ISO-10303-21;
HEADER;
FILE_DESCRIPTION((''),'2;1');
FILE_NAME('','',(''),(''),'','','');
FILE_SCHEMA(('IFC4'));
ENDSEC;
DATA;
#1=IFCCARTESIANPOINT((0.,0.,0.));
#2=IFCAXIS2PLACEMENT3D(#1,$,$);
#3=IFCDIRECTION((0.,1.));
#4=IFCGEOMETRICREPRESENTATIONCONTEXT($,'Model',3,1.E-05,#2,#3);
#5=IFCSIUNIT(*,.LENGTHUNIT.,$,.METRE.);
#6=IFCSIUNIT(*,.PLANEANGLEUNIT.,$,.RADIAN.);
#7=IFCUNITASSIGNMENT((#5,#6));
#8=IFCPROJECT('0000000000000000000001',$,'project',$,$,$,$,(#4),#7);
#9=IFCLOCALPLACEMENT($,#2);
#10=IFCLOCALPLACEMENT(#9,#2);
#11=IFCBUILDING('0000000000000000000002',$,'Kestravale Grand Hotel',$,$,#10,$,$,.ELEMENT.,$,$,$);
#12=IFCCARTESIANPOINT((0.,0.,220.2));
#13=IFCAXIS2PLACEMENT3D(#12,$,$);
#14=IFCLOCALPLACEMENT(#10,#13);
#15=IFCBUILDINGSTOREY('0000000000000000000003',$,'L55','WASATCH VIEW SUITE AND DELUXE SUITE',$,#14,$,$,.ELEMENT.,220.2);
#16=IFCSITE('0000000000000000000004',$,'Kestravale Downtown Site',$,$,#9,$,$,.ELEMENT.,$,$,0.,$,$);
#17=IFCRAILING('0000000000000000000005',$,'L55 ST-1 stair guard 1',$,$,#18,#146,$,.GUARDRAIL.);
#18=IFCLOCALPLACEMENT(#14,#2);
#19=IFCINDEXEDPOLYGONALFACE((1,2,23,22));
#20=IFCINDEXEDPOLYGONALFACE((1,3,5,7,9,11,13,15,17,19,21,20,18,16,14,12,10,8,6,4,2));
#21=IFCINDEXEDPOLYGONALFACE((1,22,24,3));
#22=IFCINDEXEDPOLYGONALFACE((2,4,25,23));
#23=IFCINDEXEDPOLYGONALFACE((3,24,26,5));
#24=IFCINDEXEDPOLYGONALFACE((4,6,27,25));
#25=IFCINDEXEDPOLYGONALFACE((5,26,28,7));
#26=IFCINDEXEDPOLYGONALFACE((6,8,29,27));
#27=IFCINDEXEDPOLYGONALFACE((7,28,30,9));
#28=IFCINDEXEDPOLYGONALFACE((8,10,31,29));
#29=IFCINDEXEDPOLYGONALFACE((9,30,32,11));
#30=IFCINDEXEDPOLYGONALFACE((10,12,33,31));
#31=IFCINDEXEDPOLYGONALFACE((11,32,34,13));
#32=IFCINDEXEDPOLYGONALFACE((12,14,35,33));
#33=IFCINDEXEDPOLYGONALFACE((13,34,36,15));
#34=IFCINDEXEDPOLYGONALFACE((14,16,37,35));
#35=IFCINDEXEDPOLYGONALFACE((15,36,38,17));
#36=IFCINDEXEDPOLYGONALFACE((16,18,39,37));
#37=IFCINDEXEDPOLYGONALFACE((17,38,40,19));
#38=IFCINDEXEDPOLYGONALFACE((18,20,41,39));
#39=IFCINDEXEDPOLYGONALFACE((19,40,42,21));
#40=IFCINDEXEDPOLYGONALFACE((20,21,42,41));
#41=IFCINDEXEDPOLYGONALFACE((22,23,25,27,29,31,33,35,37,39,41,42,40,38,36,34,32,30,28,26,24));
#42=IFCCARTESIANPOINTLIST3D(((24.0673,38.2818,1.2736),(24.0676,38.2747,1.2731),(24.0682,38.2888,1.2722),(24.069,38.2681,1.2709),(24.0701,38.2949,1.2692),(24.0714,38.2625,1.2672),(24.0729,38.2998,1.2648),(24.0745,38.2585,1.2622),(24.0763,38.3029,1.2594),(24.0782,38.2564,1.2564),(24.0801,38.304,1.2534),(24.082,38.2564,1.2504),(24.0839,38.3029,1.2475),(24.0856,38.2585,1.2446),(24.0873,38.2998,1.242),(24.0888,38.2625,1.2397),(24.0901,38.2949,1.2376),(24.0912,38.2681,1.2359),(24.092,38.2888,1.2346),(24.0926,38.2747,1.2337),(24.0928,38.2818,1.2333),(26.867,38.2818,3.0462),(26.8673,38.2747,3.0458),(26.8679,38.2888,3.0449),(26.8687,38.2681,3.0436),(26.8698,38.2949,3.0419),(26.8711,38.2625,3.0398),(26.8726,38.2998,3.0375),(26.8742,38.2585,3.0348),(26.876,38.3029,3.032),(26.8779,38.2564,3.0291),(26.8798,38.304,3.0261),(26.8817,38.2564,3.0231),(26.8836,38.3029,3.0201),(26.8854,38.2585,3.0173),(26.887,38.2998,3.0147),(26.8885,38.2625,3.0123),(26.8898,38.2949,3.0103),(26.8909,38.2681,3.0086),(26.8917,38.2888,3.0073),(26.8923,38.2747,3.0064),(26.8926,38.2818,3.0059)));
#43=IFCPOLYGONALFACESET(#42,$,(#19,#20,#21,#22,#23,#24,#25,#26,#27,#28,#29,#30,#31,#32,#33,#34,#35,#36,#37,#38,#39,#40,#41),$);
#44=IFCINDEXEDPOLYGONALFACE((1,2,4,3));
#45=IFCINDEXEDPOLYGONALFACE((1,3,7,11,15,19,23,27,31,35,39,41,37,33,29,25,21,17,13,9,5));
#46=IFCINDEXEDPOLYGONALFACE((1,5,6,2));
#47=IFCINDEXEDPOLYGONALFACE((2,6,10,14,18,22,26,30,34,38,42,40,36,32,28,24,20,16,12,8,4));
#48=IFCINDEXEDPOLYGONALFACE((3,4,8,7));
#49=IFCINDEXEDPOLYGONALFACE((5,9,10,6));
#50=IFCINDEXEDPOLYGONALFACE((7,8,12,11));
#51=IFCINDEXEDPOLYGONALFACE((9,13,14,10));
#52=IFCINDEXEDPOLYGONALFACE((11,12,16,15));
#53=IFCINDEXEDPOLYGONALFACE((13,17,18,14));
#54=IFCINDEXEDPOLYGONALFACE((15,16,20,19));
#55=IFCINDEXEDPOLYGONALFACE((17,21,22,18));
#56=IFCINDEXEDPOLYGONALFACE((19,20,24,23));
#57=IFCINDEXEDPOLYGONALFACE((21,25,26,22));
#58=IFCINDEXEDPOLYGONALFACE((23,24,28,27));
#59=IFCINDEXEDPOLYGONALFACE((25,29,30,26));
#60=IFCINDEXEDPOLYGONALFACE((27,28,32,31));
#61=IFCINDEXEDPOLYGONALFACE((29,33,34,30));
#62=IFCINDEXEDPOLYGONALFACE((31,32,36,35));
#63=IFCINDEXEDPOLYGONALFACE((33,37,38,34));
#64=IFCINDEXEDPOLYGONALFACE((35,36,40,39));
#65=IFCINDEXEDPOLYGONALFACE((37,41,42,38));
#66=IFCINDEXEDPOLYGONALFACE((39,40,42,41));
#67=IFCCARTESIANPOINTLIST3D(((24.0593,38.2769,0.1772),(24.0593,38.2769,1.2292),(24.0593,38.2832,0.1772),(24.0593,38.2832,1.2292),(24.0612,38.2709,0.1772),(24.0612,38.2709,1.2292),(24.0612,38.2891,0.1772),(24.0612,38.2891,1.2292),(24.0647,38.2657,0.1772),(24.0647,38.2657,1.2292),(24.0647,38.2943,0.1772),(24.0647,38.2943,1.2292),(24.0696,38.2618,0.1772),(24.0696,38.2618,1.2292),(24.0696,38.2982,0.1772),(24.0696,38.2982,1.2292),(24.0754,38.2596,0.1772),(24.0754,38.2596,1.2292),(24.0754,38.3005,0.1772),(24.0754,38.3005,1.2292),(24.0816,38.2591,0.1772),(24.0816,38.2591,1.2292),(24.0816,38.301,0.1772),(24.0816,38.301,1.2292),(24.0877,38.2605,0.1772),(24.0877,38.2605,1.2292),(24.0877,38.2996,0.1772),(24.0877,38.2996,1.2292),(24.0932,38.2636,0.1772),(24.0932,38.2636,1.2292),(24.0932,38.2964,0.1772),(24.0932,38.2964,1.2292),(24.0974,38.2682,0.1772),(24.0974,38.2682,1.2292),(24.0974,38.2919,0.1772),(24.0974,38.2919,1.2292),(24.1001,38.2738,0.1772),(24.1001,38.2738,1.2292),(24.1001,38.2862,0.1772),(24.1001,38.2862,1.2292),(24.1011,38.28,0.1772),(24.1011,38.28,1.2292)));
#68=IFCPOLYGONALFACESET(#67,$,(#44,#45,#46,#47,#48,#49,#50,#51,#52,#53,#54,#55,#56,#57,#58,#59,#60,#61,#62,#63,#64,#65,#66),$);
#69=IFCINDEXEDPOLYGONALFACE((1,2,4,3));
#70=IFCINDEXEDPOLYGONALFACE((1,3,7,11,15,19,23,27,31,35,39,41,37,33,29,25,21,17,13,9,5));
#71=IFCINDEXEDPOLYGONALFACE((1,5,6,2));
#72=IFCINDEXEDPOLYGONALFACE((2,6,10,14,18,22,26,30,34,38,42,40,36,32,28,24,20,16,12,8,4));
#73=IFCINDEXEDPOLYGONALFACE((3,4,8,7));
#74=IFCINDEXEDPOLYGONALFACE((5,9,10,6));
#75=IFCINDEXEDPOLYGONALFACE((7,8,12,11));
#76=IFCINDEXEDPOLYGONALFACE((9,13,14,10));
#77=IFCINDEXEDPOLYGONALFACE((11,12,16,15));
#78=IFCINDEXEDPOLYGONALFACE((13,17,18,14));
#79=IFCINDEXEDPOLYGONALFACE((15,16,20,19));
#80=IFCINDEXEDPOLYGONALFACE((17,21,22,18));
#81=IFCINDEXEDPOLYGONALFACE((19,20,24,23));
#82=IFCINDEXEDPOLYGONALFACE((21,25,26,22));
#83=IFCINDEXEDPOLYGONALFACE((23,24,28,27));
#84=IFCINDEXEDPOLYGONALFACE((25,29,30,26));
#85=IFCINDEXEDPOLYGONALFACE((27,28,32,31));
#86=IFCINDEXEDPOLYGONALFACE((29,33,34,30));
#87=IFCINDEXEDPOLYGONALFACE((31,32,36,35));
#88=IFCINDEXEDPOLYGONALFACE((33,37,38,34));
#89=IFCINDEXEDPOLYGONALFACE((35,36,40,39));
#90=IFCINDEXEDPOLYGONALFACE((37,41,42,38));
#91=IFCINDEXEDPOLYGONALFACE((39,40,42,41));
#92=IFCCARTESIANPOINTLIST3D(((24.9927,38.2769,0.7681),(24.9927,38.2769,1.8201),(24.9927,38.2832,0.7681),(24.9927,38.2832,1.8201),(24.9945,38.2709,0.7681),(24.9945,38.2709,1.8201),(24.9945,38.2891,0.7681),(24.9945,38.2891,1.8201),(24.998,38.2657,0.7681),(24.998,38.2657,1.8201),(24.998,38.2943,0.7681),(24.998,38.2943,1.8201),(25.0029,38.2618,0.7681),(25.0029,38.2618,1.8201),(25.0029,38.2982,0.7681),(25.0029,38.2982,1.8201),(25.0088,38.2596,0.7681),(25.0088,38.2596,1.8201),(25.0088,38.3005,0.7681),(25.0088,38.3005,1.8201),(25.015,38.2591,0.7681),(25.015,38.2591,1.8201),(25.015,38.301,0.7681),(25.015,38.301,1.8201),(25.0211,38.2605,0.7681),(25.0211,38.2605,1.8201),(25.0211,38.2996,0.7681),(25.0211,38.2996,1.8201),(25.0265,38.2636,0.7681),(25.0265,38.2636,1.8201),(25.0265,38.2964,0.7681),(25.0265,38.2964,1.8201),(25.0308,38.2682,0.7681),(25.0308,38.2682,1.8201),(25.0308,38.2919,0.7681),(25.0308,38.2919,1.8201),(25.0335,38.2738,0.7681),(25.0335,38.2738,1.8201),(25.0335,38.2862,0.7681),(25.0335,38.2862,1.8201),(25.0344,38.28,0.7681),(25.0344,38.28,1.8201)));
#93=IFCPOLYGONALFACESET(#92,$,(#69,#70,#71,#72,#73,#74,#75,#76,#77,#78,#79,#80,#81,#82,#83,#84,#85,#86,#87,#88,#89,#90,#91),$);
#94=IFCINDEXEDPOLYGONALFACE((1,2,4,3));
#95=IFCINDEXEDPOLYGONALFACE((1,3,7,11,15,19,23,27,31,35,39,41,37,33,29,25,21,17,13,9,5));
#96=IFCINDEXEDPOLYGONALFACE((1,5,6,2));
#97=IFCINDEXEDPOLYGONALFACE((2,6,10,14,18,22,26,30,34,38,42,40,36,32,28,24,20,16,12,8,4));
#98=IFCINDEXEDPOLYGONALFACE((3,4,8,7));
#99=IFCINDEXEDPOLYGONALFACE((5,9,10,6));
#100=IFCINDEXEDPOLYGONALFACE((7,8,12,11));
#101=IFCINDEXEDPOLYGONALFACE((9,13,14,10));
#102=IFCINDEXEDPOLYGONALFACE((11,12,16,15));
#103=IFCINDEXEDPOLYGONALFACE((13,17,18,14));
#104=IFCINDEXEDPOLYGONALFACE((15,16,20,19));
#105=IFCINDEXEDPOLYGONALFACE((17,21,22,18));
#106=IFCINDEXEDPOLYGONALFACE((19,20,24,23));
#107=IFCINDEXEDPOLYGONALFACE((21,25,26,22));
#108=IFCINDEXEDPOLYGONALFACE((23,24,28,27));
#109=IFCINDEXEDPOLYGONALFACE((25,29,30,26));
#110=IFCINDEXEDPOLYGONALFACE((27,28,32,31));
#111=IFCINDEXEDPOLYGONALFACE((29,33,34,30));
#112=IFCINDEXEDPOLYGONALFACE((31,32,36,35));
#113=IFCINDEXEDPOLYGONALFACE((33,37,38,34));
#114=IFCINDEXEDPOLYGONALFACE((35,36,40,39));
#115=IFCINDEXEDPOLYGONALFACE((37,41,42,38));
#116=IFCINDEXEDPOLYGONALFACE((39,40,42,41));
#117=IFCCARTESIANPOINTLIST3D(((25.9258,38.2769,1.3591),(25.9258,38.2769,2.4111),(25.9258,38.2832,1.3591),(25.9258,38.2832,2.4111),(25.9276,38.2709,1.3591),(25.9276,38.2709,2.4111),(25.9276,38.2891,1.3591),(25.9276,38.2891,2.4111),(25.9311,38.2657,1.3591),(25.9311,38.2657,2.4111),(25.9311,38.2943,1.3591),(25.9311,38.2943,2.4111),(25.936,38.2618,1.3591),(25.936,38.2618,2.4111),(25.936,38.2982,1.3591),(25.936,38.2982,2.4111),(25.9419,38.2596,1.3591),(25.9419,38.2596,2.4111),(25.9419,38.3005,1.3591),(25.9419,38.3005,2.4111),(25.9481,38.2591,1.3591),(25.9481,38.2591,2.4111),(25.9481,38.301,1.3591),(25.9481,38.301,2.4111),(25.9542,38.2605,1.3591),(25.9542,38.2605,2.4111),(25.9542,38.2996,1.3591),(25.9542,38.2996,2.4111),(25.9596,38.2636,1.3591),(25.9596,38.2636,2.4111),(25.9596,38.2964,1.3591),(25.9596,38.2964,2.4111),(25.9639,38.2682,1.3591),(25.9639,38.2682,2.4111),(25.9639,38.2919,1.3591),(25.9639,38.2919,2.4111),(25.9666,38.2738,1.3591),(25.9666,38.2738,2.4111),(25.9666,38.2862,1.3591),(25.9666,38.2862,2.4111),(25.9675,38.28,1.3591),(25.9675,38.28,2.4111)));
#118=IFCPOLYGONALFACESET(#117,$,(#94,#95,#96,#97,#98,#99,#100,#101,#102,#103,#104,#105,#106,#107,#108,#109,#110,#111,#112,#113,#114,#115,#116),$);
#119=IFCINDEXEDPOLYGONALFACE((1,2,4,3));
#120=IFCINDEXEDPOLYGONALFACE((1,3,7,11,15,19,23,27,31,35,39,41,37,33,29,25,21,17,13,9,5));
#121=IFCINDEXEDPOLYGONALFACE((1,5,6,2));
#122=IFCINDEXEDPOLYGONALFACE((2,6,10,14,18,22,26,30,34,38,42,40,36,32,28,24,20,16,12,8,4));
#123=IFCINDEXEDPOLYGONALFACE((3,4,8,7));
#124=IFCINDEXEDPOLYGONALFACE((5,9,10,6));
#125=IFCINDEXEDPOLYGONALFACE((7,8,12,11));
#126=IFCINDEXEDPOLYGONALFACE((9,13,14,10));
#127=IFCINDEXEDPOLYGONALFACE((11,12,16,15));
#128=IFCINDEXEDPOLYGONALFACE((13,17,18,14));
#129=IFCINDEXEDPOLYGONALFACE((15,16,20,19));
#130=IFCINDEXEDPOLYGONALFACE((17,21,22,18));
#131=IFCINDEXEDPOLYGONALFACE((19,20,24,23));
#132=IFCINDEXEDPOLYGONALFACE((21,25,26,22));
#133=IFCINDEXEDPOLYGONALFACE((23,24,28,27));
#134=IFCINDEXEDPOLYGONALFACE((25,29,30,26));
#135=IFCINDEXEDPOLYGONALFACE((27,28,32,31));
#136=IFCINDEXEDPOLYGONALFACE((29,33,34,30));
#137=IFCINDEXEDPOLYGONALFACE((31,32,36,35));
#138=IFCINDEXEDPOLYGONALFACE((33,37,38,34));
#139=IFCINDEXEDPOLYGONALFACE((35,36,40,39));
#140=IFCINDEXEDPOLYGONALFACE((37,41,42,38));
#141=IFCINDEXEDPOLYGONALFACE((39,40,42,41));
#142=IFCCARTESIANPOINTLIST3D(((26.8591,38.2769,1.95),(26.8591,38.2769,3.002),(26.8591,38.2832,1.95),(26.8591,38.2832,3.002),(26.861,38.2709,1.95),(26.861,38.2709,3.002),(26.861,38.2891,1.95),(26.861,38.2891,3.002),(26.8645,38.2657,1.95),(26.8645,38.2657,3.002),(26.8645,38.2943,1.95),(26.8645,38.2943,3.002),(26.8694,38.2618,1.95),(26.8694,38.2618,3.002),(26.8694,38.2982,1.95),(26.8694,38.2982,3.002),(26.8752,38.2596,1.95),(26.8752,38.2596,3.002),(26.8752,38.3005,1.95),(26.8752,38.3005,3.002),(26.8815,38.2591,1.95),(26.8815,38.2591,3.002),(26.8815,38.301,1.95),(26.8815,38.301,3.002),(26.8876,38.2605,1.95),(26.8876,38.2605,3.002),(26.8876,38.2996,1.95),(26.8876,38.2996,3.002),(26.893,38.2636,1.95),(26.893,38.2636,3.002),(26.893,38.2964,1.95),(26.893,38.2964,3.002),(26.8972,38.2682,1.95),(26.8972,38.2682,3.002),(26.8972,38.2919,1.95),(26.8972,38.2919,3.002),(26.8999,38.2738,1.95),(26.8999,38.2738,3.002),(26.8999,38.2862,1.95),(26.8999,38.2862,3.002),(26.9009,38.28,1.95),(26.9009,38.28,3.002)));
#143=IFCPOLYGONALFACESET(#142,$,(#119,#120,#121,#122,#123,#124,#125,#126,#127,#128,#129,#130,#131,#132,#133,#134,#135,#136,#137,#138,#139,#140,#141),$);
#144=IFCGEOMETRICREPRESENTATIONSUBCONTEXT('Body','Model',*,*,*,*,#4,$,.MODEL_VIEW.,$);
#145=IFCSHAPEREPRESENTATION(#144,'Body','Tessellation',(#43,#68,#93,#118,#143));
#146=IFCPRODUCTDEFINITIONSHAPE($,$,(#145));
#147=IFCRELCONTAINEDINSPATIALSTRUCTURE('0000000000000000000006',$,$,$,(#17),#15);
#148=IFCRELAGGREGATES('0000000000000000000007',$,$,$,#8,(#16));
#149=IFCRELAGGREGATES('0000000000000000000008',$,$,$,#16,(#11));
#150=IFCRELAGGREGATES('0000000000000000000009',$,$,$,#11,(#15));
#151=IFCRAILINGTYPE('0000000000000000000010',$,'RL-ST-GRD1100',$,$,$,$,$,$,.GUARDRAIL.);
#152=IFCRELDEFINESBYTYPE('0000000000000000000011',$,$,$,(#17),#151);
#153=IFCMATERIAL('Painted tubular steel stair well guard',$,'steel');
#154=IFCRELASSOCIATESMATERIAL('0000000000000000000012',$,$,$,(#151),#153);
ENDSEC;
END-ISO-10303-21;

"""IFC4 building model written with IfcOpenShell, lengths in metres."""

from ifc_helpers import new_model, si_unit, direction, frame, origin, origin_2d, place, context, subcontext, project, spatial, circle, extrude, material, type_object, element, save


model = new_model("IFC4")

# Units and contexts
model_context = context("Model", 3, precision=1e-05, world=origin(), true_north=direction((0.0, 1.0)))
body_context = subcontext(model_context, "Body", "Model", "MODEL_VIEW")
ifc_project = project(units=[si_unit("LENGTHUNIT", "METRE"), si_unit("PLANEANGLEUNIT", "RADIAN")], contexts=[model_context])

# Site, building, storey
site_placement = place(None, origin())
site = spatial("IfcSite", under=ifc_project, at=site_placement, Name="Kestravale Downtown Site", CompositionType="ELEMENT", RefElevation=0.0)
building_placement = place(site_placement, origin())
building = spatial("IfcBuilding", under=site, at=building_placement, Name="Kestravale Grand Hotel", CompositionType="ELEMENT")
storey_placement = place(building_placement, frame((0.0, 0.0, 220.2)))
storey = spatial("IfcBuildingStorey", under=building, at=storey_placement, Name="L55", Description="WASATCH VIEW SUITE AND DELUXE SUITE", CompositionType="ELEMENT", Elevation=220.2)

# Railing
ifc_material_1 = material(Name="Painted tubular steel stair well guard", Category="steel")
railing_type_1 = type_object("IfcRailingType", Name="RL-ST-GRD1100", PredefinedType="GUARDRAIL", material=ifc_material_1)
railing_1_placement = place(storey_placement, frame((24.0801, 38.28, 0.1772)))
element("IfcRailing", 1, at=railing_1_placement, inside=storey, type_object=railing_type_1, Name="L55 ST-1 stair guard 1", PredefinedType="GUARDRAIL", context=body_context, shape_type="SweptSolid", body=[
    extrude(circle(Radius=0.0239, at=origin_2d()), frame((0.0, 0.0, 1.0762), z_axis=(0.844888, 0.0, 0.534943), x_axis=(0.0, 1.0, 0.0)), (0.0, 0.0, 1.0), 3.3137),
    extrude(circle(Radius=0.021, at=origin_2d()), origin(), (0.0, 0.0, 1.0), 1.052),
    extrude(circle(Radius=0.021, at=origin_2d()), frame((0.9333, 0.0, 0.5908)), (0.0, 0.0, 1.0), 1.052),
    extrude(circle(Radius=0.021, at=origin_2d()), frame((1.8665, 0.0, 1.1819)), (0.0, 0.0, 1.0), 1.052),
    extrude(circle(Radius=0.021, at=origin_2d()), frame((2.7998, 0.0, 1.7727)), (0.0, 0.0, 1.0), 1.052),
])

save(model, "model.ifc")
